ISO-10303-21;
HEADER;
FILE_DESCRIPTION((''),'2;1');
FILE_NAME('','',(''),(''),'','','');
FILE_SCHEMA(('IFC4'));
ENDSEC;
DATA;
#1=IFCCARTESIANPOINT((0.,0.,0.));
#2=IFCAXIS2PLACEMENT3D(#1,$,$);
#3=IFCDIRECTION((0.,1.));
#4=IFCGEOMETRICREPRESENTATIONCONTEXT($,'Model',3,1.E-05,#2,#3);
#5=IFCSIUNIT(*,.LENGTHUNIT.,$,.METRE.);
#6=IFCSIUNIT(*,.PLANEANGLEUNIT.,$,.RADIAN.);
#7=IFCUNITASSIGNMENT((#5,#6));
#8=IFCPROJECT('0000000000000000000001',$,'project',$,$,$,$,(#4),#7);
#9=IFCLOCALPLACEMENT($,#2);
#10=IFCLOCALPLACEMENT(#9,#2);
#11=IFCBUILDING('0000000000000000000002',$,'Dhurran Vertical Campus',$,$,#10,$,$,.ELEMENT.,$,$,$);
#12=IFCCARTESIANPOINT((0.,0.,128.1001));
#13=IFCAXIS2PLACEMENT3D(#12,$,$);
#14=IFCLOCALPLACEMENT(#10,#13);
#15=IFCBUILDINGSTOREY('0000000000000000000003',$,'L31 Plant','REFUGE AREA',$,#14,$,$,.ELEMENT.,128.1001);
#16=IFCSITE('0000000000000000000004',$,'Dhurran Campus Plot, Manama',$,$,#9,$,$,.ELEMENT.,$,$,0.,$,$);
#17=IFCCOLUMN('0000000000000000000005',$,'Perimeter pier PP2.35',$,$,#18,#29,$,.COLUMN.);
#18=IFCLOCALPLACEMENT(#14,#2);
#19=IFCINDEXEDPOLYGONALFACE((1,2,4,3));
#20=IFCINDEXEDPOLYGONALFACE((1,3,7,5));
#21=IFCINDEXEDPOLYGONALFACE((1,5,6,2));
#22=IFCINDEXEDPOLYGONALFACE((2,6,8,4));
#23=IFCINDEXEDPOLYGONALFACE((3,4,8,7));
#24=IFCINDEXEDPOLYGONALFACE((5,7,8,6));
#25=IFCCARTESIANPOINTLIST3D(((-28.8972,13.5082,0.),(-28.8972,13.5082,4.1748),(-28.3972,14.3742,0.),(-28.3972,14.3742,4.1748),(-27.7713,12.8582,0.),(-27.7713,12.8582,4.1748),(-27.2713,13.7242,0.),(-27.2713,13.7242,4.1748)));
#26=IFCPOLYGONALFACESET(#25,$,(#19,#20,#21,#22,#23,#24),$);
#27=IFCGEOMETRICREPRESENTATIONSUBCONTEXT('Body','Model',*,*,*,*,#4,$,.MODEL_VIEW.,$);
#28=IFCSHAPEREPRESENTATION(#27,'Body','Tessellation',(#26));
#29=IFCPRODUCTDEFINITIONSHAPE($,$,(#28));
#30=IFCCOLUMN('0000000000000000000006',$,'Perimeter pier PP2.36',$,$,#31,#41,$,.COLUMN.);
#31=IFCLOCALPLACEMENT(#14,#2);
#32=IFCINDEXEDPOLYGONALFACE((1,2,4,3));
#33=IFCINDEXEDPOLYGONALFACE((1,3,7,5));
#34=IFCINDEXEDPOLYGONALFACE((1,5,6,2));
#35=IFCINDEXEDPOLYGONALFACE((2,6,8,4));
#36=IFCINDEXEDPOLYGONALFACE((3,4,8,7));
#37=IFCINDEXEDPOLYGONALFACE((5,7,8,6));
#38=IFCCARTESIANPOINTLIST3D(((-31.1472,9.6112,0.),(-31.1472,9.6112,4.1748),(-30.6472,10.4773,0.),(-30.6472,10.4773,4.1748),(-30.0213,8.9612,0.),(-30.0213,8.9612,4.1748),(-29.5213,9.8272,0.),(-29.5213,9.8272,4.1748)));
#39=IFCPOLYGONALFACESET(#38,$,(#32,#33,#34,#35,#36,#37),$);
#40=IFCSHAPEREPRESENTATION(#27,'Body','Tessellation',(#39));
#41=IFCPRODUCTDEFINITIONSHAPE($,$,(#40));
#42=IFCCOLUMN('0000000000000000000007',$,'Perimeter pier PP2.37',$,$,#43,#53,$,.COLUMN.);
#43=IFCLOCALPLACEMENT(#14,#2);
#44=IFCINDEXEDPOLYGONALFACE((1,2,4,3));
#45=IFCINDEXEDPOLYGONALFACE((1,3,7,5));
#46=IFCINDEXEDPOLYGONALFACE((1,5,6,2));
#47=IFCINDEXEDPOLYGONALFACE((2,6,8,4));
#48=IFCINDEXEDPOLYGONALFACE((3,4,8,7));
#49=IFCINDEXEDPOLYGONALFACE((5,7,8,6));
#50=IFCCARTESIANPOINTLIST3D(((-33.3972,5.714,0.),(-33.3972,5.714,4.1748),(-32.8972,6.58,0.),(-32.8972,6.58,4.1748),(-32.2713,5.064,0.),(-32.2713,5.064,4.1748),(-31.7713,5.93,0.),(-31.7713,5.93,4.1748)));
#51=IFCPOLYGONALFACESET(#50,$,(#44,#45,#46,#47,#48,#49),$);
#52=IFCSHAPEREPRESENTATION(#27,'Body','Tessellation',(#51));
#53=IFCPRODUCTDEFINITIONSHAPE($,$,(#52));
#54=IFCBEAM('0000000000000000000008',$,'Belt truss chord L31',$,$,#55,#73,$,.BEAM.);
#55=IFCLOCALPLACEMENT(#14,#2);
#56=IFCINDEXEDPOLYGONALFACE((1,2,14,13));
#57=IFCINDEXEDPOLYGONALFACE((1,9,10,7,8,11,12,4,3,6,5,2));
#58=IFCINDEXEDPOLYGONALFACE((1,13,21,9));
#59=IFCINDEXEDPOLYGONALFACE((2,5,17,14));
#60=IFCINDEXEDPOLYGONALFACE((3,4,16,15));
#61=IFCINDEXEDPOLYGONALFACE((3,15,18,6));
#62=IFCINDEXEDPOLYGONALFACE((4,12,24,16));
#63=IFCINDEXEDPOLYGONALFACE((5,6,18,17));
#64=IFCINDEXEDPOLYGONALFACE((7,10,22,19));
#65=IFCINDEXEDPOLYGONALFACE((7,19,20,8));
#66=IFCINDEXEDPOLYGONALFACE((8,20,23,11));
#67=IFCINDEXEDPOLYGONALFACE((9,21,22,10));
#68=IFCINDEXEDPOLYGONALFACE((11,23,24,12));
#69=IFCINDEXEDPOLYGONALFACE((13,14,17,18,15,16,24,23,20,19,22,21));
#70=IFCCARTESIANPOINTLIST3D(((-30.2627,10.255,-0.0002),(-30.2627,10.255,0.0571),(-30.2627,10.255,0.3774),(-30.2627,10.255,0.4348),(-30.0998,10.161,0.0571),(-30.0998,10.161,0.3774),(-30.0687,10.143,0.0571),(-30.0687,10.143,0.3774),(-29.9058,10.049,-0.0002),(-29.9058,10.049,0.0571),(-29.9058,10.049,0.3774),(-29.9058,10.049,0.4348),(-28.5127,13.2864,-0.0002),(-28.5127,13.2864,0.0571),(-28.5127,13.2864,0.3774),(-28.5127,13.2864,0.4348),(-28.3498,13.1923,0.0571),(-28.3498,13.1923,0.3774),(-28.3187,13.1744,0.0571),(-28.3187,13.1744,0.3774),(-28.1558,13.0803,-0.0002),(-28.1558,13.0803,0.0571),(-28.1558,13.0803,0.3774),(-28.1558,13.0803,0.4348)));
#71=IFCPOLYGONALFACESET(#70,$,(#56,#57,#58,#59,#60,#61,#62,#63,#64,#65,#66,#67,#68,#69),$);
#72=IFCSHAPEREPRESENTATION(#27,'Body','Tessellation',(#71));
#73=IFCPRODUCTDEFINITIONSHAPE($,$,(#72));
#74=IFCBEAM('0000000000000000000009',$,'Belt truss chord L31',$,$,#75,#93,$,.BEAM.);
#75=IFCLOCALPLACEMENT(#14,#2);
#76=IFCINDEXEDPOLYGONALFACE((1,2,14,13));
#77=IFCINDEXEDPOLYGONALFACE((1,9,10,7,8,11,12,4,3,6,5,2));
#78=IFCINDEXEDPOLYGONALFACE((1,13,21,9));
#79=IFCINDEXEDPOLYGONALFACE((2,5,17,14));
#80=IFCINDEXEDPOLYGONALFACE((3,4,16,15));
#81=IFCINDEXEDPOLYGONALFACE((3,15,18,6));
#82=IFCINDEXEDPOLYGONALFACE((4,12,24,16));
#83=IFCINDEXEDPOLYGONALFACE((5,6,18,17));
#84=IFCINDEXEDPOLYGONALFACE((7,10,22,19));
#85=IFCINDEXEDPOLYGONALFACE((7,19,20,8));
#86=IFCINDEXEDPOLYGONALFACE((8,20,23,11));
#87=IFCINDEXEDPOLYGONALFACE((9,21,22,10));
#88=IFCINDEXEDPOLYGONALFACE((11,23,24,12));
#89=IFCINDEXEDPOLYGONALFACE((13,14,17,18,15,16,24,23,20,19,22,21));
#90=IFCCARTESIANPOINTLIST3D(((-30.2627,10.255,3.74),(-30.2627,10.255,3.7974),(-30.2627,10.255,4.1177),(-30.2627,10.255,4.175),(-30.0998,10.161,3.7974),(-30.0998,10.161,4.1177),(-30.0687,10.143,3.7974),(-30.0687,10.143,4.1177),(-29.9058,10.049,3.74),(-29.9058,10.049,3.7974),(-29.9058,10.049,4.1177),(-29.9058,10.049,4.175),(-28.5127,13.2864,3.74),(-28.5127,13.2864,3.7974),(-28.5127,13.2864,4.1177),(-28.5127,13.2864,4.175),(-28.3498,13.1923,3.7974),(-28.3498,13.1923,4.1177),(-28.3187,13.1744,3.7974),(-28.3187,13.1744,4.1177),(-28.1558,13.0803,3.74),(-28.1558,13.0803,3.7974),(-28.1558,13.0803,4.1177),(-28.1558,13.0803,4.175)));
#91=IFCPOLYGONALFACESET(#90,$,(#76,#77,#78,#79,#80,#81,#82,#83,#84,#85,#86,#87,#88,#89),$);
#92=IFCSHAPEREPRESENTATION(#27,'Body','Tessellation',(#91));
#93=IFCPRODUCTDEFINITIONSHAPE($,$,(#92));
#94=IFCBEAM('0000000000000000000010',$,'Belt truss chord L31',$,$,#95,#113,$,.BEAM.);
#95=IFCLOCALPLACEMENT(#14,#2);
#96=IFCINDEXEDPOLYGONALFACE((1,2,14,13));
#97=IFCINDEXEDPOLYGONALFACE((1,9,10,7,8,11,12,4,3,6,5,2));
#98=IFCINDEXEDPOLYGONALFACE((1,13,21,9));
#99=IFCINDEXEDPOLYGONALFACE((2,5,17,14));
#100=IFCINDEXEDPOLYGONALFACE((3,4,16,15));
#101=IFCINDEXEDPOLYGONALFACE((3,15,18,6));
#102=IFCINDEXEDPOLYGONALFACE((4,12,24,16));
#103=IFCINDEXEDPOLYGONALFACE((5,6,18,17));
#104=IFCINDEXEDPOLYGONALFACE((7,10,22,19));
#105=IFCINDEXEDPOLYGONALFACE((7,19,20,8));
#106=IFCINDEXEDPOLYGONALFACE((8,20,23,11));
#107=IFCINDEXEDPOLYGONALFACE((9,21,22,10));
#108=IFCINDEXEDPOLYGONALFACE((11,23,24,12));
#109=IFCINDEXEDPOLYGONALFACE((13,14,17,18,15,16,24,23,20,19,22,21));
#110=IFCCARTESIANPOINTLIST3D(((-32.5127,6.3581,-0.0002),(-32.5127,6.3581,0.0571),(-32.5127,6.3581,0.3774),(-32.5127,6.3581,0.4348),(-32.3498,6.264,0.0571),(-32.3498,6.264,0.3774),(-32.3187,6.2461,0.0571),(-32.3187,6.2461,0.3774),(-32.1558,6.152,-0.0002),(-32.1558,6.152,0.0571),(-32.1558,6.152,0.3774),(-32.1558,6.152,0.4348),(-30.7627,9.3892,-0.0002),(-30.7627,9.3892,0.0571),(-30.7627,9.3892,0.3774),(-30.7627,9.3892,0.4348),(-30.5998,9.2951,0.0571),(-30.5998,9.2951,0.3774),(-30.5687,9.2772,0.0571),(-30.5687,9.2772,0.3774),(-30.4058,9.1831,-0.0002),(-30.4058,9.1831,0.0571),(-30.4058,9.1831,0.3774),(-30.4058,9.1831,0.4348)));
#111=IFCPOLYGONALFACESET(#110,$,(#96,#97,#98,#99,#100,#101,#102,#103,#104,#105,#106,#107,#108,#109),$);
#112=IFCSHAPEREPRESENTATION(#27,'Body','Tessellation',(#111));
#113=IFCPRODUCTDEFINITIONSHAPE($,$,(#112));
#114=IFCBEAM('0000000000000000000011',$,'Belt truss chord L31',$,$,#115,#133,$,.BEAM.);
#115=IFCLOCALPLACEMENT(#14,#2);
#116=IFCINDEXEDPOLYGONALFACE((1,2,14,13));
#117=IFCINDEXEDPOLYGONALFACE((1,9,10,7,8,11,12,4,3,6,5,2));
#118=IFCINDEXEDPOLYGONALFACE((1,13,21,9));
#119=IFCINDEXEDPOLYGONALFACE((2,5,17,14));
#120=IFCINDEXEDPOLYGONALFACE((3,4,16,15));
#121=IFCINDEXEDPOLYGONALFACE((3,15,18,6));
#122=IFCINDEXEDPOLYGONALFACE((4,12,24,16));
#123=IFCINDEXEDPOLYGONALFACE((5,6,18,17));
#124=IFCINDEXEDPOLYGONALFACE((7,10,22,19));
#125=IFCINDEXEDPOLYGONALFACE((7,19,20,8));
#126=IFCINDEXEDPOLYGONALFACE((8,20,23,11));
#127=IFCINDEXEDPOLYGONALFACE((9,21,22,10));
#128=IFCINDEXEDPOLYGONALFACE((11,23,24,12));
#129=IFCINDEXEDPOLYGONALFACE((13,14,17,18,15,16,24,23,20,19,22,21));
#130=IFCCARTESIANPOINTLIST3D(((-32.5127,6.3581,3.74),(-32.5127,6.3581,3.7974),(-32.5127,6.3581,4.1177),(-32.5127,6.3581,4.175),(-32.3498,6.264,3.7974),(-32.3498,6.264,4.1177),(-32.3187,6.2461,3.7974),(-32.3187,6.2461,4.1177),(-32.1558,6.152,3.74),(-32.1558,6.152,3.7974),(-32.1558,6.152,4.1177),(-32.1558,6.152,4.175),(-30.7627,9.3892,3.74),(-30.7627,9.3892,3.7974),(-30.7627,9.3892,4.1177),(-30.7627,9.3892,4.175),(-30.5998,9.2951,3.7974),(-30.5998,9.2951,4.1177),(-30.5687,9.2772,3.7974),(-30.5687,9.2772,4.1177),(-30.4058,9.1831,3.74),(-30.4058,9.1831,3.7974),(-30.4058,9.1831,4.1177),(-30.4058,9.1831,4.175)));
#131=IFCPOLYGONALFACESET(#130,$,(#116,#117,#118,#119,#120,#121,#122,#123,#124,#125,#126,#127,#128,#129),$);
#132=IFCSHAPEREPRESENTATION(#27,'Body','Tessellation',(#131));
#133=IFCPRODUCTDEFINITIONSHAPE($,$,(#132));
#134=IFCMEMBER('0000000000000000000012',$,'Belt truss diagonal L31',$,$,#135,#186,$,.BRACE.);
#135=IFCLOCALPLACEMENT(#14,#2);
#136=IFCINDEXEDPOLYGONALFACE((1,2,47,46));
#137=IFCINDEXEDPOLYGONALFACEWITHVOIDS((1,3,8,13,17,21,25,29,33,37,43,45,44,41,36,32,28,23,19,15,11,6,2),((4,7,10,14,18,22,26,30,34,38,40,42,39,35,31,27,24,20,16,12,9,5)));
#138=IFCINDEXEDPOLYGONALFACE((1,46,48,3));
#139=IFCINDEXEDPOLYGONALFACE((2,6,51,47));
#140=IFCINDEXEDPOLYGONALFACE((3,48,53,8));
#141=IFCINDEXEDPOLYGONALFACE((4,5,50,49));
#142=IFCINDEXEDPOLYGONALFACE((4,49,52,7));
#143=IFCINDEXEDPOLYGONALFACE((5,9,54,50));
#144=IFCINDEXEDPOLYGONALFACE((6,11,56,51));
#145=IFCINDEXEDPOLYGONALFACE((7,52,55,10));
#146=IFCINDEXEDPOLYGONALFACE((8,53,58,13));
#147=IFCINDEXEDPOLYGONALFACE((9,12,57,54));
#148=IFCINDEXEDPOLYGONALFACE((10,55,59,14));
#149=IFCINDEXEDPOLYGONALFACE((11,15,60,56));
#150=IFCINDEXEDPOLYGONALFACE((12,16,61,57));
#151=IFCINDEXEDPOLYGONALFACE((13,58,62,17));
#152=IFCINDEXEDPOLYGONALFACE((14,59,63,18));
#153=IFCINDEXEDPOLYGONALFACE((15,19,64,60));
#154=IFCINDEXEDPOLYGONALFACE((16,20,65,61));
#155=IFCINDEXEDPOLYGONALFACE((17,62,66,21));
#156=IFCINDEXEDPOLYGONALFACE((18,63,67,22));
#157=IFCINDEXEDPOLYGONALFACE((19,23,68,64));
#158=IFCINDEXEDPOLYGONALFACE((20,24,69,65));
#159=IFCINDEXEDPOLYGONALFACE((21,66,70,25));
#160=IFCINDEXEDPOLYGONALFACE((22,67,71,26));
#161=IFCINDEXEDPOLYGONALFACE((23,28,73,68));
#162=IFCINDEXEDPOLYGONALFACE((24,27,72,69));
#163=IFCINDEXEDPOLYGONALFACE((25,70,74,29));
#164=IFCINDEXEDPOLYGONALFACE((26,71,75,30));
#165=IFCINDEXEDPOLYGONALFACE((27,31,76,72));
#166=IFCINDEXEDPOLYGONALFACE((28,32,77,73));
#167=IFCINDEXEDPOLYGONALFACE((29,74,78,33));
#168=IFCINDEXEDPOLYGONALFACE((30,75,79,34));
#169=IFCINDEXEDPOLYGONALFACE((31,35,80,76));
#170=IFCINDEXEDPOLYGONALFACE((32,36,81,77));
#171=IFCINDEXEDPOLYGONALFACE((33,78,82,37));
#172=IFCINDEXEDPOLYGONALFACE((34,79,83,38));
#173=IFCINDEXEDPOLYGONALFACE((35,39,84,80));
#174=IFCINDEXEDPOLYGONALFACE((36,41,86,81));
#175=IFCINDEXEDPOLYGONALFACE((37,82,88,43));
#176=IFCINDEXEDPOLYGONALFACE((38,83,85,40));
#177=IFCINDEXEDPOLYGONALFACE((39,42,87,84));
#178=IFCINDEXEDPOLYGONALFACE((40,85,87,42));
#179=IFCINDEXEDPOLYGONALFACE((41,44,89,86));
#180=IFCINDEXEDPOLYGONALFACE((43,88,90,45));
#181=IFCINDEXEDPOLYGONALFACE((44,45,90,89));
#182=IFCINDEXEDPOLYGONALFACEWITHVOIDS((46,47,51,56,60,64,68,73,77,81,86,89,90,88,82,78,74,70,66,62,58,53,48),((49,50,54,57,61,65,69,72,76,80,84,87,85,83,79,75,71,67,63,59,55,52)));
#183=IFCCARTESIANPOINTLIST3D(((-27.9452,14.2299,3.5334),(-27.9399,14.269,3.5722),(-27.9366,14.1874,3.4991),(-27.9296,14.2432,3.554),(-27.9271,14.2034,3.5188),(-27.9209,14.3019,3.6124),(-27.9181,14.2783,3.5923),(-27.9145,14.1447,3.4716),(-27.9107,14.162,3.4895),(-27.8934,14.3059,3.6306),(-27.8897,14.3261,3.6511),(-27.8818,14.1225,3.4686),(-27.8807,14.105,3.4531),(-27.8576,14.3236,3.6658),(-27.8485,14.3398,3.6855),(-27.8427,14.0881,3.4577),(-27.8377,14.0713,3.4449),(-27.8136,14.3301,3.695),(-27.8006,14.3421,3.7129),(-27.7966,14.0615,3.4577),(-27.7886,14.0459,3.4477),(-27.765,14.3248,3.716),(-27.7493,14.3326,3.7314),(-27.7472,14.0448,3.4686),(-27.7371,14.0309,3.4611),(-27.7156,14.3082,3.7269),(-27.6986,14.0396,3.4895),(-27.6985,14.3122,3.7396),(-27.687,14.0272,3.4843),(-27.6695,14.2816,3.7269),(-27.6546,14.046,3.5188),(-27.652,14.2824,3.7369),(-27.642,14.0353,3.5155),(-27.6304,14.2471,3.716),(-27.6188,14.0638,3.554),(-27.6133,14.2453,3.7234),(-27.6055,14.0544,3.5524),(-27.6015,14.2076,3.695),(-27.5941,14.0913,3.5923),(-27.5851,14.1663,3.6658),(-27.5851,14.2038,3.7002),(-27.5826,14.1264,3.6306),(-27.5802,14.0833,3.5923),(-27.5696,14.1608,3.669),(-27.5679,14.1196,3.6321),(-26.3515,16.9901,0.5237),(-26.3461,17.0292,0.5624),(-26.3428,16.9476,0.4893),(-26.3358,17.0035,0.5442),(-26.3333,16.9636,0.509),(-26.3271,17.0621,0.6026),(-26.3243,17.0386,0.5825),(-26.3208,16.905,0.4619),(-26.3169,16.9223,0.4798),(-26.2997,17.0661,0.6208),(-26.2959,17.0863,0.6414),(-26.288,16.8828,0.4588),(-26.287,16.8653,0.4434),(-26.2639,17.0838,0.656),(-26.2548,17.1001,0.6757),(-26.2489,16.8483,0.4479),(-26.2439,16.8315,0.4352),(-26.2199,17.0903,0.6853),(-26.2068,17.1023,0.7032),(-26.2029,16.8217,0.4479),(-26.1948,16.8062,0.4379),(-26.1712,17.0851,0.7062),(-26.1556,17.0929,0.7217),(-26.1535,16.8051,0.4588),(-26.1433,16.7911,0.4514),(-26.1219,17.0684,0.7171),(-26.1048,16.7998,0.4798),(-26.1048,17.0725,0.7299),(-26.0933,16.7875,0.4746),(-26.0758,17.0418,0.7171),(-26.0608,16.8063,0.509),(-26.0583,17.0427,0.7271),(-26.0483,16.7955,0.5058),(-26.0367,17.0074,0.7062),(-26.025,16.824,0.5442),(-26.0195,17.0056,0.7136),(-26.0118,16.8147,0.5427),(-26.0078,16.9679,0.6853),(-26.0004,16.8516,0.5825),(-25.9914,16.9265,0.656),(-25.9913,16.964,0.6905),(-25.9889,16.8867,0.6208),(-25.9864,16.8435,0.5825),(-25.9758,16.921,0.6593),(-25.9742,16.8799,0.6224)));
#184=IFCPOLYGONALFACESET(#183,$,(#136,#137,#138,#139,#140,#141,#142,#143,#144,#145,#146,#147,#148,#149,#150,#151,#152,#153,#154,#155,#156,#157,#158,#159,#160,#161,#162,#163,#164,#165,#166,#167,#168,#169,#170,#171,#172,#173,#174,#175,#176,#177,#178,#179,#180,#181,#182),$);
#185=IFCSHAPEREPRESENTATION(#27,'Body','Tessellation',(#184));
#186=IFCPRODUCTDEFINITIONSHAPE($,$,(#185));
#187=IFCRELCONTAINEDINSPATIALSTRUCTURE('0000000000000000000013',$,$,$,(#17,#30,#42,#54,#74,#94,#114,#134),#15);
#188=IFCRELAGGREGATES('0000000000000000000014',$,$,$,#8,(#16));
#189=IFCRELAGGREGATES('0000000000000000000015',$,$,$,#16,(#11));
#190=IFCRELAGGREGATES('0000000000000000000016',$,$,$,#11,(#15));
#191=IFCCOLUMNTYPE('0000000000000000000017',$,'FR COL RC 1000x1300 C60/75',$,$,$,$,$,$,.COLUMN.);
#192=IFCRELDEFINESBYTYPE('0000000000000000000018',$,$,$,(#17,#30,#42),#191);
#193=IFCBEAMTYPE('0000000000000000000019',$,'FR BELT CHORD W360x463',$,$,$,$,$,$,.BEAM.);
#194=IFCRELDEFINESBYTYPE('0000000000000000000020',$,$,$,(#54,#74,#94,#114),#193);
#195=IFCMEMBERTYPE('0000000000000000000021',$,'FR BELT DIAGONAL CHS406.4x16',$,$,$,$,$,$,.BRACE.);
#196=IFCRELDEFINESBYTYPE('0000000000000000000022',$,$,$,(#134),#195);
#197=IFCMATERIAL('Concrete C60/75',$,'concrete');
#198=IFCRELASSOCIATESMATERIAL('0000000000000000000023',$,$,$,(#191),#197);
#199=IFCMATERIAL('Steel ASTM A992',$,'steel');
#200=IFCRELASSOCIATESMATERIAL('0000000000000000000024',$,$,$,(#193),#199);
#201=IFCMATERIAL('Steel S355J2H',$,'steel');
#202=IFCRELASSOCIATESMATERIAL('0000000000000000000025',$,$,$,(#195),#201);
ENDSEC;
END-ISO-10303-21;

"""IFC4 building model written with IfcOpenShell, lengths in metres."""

from ifc_helpers import new_model, si_unit, direction, frame, origin, origin_2d, place, context, subcontext, project, spatial, rectangle, hollow_circle, i_section, extrude, material, material_profile, profile_set, type_object, element, save


model = new_model("IFC4")

# Units and contexts
model_context = context("Model", 3, precision=1e-05, world=origin(), true_north=direction((0.0, 1.0)))
body_context = subcontext(model_context, "Body", "Model", "MODEL_VIEW")
ifc_project = project(units=[si_unit("LENGTHUNIT", "METRE"), si_unit("PLANEANGLEUNIT", "RADIAN")], contexts=[model_context])

# Site, building, storey
site_placement = place(None, origin())
site = spatial("IfcSite", under=ifc_project, at=site_placement, Name="Dhurran Campus Plot, Manama", CompositionType="ELEMENT", RefElevation=0.0)
building_placement = place(site_placement, origin())
building = spatial("IfcBuilding", under=site, at=building_placement, Name="Dhurran Vertical Campus", CompositionType="ELEMENT")
storey_placement = place(building_placement, frame((0.0, 0.0, 128.1001)))
storey = spatial("IfcBuildingStorey", under=building, at=storey_placement, Name="L31 Plant", Description="REFUGE AREA", CompositionType="ELEMENT", Elevation=128.1001)

# Columns
ifc_material_1 = material(Name="Concrete C60/75", Category="concrete")
ifc_material_profile_1 = material_profile(ifc_material_1, rectangle(XDim=1.0, YDim=1.3, at=origin_2d()), Name="RC 1000x1300")
ifc_profile_set_1 = profile_set([ifc_material_profile_1], Name="Concrete C60/75")
column_type = type_object("IfcColumnType", Name="FR COL RC 1000x1300 C60/75", PredefinedType="COLUMN", material=ifc_profile_set_1)
for number, where, z_axis, x_axis, name in (
    (1, (-28.0842, 13.6162, 0.0), (0.0, 0.0, 1.0), (-0.5, -0.866025, 0.0), "Perimeter pier PP2.35"),
    (2, (-30.3342, 9.7192, 0.0), (0.0, 0.0, 1.0), (-0.5, -0.866025, 0.0), "Perimeter pier PP2.36"),
    (3, (-32.5842, 5.822, 0.0), (0.0, 0.0, 1.0), (-0.5, -0.866025, 0.0), "Perimeter pier PP2.37"),
):
    element("IfcColumn", number, at=place(storey_placement, frame(where, z_axis=z_axis, x_axis=x_axis)), inside=storey, type_object=column_type, Name=name, PredefinedType="COLUMN", context=body_context, shape_type="SweptSolid", body=[
        extrude(rectangle(XDim=1.0, YDim=1.3, at=origin_2d()), origin(), (0.0, 0.0, 1.0), 4.1748),
    ])

# Beams
ifc_material_2 = material(Name="Steel ASTM A992", Category="steel")
ifc_material_profile_2 = material_profile(ifc_material_2, i_section(OverallWidth=0.4121, OverallDepth=0.4351, WebThickness=0.0359, FlangeThickness=0.0574, at=origin_2d()), Name="W360x463")
ifc_profile_set_2 = profile_set([ifc_material_profile_2], Name="Steel ASTM A992")
beam_type = type_object("IfcBeamType", Name="FR BELT CHORD W360x463", PredefinedType="BEAM", material=ifc_profile_set_2)
for number, where, z_axis, x_axis, name in (
    (4, (-28.3342, 13.1833, 0.2173), (-0.49998, -0.866037, 0.0), (0.866037, -0.49998, 0.0), "Belt truss chord L31"),
    (5, (-28.3342, 13.1833, 3.9575), (-0.49998, -0.866037, 0.0), (0.866037, -0.49998, 0.0), "Belt truss chord L31"),
):
    element("IfcBeam", number, at=place(storey_placement, frame(where, z_axis=z_axis, x_axis=x_axis)), inside=storey, type_object=beam_type, Name=name, PredefinedType="BEAM", context=body_context, shape_type="SweptSolid", body=[
        extrude(i_section(OverallWidth=0.4121, OverallDepth=0.4351, WebThickness=0.0359, FlangeThickness=0.0574, at=origin_2d()), origin(), (0.0, 0.0, 1.0), 3.5002),
    ])
for number, where, z_axis, x_axis, name in (
    (6, (-30.5842, 9.2861, 0.2173), (-0.50001, -0.866019, 0.0), (0.866019, -0.50001, 0.0), "Belt truss chord L31"),
    (7, (-30.5842, 9.2861, 3.9575), (-0.50001, -0.866019, 0.0), (0.866019, -0.50001, 0.0), "Belt truss chord L31"),
):
    element("IfcBeam", number, at=place(storey_placement, frame(where, z_axis=z_axis, x_axis=x_axis)), inside=storey, type_object=beam_type, Name=name, PredefinedType="BEAM", context=body_context, shape_type="SweptSolid", body=[
        extrude(i_section(OverallWidth=0.4121, OverallDepth=0.4351, WebThickness=0.0359, FlangeThickness=0.0574, at=origin_2d()), origin(), (0.0, 0.0, 1.0), 3.5),
    ])

# Member
ifc_material_3 = material(Name="Steel S355J2H", Category="steel")
ifc_material_profile_3 = material_profile(ifc_material_3, hollow_circle(Radius=0.2031, WallThickness=0.0161, at=origin_2d()), Name="CHS406.4x16")
ifc_profile_set_3 = profile_set([ifc_material_profile_3], Name="Steel S355J2H")
member_type = type_object("IfcMemberType", Name="FR BELT DIAGONAL CHS406.4x16", PredefinedType="BRACE", material=ifc_profile_set_3)
for number, where, z_axis, x_axis, name in (
    (8, (-26.1624, 16.9451, 0.5825), (-0.363554, -0.629648, 0.686565), (0.86601, -0.500027, 0.0), "Belt truss diagonal L31"),
):
    element("IfcMember", number, at=place(storey_placement, frame(where, z_axis=z_axis, x_axis=x_axis)), inside=storey, type_object=member_type, Name=name, PredefinedType="BRACE", context=body_context, shape_type="SweptSolid", body=[
        extrude(hollow_circle(Radius=0.2031, WallThickness=0.0161, at=origin_2d()), origin(), (0.0, 0.0, 1.0), 4.3838),
    ])

save(model, "model.ifc")
